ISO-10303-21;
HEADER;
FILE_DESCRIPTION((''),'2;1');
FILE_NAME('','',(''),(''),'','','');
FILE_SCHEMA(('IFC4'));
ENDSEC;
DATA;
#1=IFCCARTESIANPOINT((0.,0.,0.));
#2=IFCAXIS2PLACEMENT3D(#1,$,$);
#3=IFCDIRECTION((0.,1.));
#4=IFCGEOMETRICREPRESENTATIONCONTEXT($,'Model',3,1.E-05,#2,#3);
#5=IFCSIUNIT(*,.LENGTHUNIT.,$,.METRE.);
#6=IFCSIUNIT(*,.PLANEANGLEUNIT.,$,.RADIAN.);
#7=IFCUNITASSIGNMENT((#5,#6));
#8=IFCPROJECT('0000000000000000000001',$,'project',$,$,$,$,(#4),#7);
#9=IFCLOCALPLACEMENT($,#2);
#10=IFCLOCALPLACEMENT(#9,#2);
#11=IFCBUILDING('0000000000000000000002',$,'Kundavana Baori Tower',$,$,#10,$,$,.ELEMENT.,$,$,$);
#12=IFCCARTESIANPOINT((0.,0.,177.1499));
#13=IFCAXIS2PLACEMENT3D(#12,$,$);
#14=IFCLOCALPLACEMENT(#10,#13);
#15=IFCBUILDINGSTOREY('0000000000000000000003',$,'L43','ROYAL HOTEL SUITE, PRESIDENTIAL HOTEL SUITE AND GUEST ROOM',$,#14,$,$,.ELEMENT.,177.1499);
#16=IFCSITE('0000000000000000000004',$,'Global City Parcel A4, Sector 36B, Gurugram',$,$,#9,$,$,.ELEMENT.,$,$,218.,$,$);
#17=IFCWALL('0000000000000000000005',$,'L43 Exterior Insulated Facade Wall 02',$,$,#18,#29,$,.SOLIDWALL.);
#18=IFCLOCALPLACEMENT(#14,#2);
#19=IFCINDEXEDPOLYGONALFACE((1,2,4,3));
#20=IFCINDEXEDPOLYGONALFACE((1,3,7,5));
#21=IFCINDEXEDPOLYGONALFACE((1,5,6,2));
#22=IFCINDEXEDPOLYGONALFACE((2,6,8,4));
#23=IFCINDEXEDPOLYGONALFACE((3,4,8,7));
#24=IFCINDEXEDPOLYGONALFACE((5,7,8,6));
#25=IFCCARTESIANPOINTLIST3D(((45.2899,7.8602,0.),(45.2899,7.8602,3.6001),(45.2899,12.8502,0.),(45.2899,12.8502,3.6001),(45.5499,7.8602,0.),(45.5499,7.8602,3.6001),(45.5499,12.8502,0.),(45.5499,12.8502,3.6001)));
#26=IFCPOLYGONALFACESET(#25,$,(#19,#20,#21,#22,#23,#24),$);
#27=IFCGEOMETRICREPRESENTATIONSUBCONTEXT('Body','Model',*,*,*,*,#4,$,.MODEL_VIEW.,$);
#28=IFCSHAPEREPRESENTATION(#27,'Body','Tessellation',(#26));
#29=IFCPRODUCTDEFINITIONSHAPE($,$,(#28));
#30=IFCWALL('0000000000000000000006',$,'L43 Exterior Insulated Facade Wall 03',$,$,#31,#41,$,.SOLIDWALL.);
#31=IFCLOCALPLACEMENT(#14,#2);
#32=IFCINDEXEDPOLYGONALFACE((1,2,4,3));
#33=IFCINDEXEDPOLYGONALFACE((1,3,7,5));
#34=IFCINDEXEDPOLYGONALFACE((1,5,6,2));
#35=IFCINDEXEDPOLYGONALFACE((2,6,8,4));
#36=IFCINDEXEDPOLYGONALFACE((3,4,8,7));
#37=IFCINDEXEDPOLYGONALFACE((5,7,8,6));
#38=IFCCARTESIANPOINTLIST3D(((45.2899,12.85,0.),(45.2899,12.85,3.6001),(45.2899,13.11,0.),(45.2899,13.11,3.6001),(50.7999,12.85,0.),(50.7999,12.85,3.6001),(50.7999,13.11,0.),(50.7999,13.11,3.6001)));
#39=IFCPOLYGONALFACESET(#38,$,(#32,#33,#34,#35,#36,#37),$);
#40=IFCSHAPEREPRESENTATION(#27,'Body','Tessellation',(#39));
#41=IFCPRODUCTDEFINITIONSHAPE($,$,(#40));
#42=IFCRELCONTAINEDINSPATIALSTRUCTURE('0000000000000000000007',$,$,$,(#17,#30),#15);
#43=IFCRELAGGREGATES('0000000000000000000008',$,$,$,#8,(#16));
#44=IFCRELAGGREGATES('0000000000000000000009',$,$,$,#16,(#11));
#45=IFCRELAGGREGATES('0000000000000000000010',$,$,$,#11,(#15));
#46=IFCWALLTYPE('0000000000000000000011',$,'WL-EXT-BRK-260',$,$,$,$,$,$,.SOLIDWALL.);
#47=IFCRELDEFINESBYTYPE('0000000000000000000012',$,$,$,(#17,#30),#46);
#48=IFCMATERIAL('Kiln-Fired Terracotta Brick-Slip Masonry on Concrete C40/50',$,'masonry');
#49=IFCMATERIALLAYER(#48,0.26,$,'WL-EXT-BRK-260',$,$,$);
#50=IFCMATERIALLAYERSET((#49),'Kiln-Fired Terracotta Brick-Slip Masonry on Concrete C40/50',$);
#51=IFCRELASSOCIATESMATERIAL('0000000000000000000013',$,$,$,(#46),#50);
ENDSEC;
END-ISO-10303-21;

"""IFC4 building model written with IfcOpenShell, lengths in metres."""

from ifc_helpers import new_model, si_unit, direction, frame, frame_2d, origin, place, context, subcontext, project, spatial, rectangle, extrude, material, layer, layer_set, type_object, element, save


model = new_model("IFC4")

# Units and contexts
model_context = context("Model", 3, precision=1e-05, world=origin(), true_north=direction((0.0, 1.0)))
body_context = subcontext(model_context, "Body", "Model", "MODEL_VIEW")
ifc_project = project(units=[si_unit("LENGTHUNIT", "METRE"), si_unit("PLANEANGLEUNIT", "RADIAN")], contexts=[model_context])

# Site, building, storey
site_placement = place(None, origin())
site = spatial("IfcSite", under=ifc_project, at=site_placement, Name="Global City Parcel A4, Sector 36B, Gurugram", CompositionType="ELEMENT", RefElevation=218.0)
building_placement = place(site_placement, origin())
building = spatial("IfcBuilding", under=site, at=building_placement, Name="Kundavana Baori Tower", CompositionType="ELEMENT")
storey_placement = place(building_placement, frame((0.0, 0.0, 177.1499)))
storey = spatial("IfcBuildingStorey", under=building, at=storey_placement, Name="L43", Description="ROYAL HOTEL SUITE, PRESIDENTIAL HOTEL SUITE AND GUEST ROOM", CompositionType="ELEMENT", Elevation=177.1499)

# Walls
ifc_material_1 = material(Name="Kiln-Fired Terracotta Brick-Slip Masonry on Concrete C40/50", Category="masonry")
ifc_layer_1 = layer(ifc_material_1, 0.26, Name="WL-EXT-BRK-260")
ifc_layer_set_1 = layer_set([ifc_layer_1], Name="Kiln-Fired Terracotta Brick-Slip Masonry on Concrete C40/50")
wall_type_1 = type_object("IfcWallType", Name="WL-EXT-BRK-260", PredefinedType="SOLIDWALL", material=ifc_layer_set_1)
wall_1_placement = place(storey_placement, frame((45.4199, 7.8601, 0.0), z_axis=(0.0, 0.0, 1.0), x_axis=(0.0, 1.0, 0.0)))
element("IfcWall", 1, at=wall_1_placement, inside=storey, type_object=wall_type_1, Name="L43 Exterior Insulated Facade Wall 02", PredefinedType="SOLIDWALL", context=body_context, shape_type="SweptSolid", body=[
    extrude(rectangle(XDim=4.99, YDim=0.26, at=frame_2d((2.4951, 0.0))), origin(), (0.0, 0.0, 1.0), 3.6001),
])
wall_2_placement = place(storey_placement, frame((45.29, 12.98, 0.0), z_axis=(0.0, 0.0, 1.0), x_axis=(1.0, 0.0, 0.0)))
element("IfcWall", 2, at=wall_2_placement, inside=storey, type_object=wall_type_1, Name="L43 Exterior Insulated Facade Wall 03", PredefinedType="SOLIDWALL", context=body_context, shape_type="SweptSolid", body=[
    extrude(rectangle(XDim=5.51, YDim=0.26, at=frame_2d((2.7549, 0.0))), origin(), (0.0, 0.0, 1.0), 3.6001),
])

save(model, "model.ifc")
